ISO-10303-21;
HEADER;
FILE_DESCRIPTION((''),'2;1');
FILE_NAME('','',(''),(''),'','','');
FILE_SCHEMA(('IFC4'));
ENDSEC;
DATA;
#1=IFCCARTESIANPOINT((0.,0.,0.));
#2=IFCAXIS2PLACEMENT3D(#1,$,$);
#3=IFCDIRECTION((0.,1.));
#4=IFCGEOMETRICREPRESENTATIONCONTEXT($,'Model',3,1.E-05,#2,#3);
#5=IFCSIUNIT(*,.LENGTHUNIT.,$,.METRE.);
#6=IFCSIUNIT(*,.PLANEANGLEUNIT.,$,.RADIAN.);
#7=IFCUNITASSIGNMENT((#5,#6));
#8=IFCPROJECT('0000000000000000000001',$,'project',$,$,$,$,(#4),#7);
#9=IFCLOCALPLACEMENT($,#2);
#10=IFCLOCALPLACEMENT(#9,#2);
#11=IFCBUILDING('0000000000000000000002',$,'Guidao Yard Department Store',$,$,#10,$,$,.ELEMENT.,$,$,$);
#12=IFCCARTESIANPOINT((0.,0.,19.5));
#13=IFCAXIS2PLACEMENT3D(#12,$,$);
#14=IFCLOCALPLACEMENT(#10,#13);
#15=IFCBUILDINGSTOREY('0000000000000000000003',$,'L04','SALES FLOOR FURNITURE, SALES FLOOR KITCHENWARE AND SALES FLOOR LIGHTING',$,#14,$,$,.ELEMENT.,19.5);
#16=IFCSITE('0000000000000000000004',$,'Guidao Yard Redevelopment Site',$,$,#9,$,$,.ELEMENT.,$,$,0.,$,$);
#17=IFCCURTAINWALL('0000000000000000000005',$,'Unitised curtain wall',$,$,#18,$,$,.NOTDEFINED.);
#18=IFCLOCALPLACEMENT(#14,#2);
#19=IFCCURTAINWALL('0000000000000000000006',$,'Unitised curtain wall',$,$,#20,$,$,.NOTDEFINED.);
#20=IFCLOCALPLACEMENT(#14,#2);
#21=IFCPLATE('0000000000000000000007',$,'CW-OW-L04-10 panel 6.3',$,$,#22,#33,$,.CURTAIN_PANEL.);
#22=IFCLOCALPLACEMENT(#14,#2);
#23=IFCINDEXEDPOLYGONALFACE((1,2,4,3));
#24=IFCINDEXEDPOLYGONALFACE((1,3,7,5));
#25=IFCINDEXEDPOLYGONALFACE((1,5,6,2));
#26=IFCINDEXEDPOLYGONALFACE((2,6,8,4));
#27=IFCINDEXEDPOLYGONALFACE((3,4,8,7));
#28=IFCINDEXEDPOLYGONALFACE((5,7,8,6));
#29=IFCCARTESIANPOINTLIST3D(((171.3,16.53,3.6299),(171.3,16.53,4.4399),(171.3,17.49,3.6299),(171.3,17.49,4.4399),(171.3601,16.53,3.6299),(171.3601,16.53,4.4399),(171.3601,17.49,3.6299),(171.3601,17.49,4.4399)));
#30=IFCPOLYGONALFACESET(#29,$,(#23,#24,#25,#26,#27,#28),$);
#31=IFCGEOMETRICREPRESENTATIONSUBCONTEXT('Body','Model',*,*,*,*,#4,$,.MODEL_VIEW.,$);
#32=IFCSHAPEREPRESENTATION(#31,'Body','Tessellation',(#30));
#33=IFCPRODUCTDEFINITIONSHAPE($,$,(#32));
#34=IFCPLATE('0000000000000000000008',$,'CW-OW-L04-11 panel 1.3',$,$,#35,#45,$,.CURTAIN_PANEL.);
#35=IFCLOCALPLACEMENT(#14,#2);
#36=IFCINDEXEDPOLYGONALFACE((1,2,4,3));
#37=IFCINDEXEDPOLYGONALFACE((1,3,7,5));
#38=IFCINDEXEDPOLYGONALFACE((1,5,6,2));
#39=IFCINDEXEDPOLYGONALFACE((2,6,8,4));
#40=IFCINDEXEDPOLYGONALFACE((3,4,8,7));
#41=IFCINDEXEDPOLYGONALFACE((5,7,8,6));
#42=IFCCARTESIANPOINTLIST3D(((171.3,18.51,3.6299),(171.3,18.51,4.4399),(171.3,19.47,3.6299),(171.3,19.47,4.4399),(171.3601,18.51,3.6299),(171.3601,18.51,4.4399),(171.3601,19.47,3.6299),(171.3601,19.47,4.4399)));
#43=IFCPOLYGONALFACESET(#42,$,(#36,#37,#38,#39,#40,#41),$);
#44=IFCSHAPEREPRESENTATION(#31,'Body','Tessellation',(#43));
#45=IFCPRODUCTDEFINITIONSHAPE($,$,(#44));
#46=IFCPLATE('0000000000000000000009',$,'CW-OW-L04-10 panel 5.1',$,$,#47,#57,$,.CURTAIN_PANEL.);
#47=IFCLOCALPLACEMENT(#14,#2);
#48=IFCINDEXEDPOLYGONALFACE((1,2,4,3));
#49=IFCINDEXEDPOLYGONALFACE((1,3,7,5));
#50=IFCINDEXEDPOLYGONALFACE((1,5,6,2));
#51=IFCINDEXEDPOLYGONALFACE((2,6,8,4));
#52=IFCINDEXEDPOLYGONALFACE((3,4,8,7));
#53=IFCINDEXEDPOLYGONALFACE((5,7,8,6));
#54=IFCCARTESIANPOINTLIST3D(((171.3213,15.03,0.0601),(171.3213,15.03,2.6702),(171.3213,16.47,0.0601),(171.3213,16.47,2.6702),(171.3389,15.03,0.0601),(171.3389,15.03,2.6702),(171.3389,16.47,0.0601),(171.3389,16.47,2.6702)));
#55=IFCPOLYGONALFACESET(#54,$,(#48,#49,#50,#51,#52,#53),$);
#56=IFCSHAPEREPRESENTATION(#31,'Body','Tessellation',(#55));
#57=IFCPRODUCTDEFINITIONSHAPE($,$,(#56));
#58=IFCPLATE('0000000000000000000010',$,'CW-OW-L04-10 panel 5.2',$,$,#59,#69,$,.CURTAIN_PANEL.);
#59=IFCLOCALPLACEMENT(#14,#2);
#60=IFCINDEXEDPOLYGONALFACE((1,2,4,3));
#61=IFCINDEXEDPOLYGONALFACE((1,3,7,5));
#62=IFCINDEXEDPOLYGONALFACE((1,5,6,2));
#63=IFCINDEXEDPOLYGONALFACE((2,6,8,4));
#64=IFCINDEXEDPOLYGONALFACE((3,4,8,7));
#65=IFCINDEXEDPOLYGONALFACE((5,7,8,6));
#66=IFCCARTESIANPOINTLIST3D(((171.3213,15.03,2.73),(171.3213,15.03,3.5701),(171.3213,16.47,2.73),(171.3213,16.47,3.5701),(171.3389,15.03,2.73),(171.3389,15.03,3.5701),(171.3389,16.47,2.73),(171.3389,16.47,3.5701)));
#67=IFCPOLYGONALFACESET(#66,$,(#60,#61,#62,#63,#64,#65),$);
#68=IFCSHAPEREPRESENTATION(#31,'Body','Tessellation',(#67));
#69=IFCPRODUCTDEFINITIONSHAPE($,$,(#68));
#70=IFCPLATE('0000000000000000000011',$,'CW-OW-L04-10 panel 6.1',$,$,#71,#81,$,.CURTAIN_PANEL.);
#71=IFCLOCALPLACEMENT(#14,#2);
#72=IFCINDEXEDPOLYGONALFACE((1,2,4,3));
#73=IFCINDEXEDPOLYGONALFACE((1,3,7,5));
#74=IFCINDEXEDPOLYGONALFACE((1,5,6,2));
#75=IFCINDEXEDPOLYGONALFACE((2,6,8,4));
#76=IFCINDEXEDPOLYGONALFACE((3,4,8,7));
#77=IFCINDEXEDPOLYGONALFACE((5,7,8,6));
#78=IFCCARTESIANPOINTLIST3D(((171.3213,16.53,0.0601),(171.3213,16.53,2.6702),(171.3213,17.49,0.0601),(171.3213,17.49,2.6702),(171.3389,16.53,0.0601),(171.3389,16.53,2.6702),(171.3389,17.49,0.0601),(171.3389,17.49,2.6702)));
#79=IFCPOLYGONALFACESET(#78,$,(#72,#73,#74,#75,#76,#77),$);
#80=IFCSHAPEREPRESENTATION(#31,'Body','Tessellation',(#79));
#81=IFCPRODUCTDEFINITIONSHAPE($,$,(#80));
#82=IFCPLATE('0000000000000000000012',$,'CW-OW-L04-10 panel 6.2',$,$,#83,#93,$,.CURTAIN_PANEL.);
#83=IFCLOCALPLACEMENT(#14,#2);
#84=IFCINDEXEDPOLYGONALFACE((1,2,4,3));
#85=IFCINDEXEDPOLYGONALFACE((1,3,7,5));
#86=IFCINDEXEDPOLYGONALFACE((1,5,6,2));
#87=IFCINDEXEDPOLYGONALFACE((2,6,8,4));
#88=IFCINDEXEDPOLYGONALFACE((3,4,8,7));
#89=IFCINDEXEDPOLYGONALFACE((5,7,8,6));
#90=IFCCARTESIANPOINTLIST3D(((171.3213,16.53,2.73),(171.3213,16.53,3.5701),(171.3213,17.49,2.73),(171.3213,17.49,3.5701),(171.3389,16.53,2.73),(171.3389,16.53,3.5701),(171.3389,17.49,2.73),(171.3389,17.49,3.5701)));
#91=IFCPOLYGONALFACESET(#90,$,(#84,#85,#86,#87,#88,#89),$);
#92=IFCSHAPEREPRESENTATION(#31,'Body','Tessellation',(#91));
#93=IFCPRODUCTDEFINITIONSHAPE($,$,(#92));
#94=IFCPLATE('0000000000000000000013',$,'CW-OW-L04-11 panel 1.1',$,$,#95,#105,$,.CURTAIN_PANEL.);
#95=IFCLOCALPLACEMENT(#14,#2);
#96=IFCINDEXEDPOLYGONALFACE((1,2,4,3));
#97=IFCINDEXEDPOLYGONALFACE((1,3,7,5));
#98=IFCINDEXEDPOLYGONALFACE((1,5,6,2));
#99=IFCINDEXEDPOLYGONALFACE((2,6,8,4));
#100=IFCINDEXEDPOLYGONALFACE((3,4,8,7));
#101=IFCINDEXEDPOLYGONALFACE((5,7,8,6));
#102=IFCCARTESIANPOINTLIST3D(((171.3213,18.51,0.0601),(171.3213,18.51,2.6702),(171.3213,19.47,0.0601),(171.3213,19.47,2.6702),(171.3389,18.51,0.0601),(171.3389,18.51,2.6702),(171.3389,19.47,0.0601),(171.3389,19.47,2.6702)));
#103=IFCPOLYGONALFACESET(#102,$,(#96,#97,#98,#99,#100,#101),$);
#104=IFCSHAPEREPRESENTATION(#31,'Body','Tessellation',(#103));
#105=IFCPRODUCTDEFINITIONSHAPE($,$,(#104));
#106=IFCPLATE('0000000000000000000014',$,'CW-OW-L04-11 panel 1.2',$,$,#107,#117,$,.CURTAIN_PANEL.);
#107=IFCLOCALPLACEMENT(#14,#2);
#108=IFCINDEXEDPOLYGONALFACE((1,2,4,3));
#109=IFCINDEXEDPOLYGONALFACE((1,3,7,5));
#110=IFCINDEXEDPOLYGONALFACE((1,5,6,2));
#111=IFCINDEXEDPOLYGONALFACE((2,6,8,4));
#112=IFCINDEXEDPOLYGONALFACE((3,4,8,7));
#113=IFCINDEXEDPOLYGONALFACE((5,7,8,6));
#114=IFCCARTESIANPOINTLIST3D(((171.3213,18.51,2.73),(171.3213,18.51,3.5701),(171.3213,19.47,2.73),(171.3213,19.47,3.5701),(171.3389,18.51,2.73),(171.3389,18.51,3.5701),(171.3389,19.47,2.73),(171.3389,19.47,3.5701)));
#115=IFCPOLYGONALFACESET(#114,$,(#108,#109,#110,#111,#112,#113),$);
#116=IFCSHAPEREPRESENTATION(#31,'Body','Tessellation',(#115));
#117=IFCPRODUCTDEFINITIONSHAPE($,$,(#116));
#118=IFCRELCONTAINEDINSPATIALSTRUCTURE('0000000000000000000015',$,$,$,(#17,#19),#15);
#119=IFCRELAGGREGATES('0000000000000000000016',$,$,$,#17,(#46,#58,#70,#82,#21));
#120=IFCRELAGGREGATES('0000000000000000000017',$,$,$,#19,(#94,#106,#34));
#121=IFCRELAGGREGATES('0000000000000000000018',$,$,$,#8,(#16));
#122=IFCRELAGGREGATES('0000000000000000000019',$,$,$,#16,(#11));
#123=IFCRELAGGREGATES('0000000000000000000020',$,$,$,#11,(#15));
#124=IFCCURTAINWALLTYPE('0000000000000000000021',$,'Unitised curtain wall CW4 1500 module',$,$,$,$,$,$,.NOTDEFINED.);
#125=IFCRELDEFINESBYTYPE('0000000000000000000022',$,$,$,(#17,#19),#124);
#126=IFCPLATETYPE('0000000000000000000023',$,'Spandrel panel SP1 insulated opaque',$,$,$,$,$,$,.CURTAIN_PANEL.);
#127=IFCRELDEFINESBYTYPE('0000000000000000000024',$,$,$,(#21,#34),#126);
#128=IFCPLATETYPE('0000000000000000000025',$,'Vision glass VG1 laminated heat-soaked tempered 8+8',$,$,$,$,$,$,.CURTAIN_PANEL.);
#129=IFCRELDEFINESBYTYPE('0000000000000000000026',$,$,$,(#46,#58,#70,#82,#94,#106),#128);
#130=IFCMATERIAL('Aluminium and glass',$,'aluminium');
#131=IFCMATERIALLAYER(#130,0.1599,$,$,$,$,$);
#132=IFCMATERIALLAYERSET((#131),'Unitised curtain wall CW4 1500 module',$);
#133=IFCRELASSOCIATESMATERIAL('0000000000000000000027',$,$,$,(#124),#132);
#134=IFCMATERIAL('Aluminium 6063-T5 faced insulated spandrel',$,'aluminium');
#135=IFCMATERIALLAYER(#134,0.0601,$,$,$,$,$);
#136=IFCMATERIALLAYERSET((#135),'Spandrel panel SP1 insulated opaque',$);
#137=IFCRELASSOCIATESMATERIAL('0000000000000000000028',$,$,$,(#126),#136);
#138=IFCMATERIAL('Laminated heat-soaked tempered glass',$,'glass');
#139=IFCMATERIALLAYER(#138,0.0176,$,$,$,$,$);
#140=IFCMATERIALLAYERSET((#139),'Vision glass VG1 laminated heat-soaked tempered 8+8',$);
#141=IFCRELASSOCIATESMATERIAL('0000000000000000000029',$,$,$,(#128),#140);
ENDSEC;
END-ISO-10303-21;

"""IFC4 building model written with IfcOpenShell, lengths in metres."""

from ifc_helpers import new_model, si_unit, direction, frame, origin, origin_2d, place, context, subcontext, project, spatial, rectangle, extrude, material, layer, layer_set, type_object, element, aggregate, save


model = new_model("IFC4")

# Units and contexts
model_context = context("Model", 3, precision=1e-05, world=origin(), true_north=direction((0.0, 1.0)))
body_context = subcontext(model_context, "Body", "Model", "MODEL_VIEW")
ifc_project = project(units=[si_unit("LENGTHUNIT", "METRE"), si_unit("PLANEANGLEUNIT", "RADIAN")], contexts=[model_context])

# Site, building, storey
site_placement = place(None, origin())
site = spatial("IfcSite", under=ifc_project, at=site_placement, Name="Guidao Yard Redevelopment Site", CompositionType="ELEMENT", RefElevation=0.0)
building_placement = place(site_placement, origin())
building = spatial("IfcBuilding", under=site, at=building_placement, Name="Guidao Yard Department Store", CompositionType="ELEMENT")
storey_placement = place(building_placement, frame((0.0, 0.0, 19.5)))
storey = spatial("IfcBuildingStorey", under=building, at=storey_placement, Name="L04", Description="SALES FLOOR FURNITURE, SALES FLOOR KITCHENWARE AND SALES FLOOR LIGHTING", CompositionType="ELEMENT", Elevation=19.5)

# Curtain wall
ifc_material_1 = material(Name="Aluminium and glass", Category="aluminium")
ifc_layer_1 = layer(ifc_material_1, 0.1599)
ifc_layer_set_1 = layer_set([ifc_layer_1], Name="Unitised curtain wall CW4 1500 module")
curtain_wall_type = type_object("IfcCurtainWallType", Name="Unitised curtain wall CW4 1500 module", PredefinedType="NOTDEFINED", material=ifc_layer_set_1)
curtain_wall_1_placement = place(storey_placement, origin())
curtain_wall_1 = element("IfcCurtainWall", 1, at=curtain_wall_1_placement, inside=storey, type_object=curtain_wall_type, Name="Unitised curtain wall", PredefinedType="NOTDEFINED")

# Curtain wall
curtain_wall_2_placement = place(storey_placement, origin())
curtain_wall_2 = element("IfcCurtainWall", 2, at=curtain_wall_2_placement, inside=storey, type_object=curtain_wall_type, Name="Unitised curtain wall", PredefinedType="NOTDEFINED")

# Plates
ifc_material_2 = material(Name="Aluminium 6063-T5 faced insulated spandrel", Category="aluminium")
ifc_layer_2 = layer(ifc_material_2, 0.0601)
ifc_layer_set_2 = layer_set([ifc_layer_2], Name="Spandrel panel SP1 insulated opaque")
plate_type_1 = type_object("IfcPlateType", Name="Spandrel panel SP1 insulated opaque", PredefinedType="CURTAIN_PANEL", material=ifc_layer_set_2)
plate_1_placement = place(storey_placement, frame((171.3301, 17.01, 3.6299), z_axis=(0.0, 0.0, 1.0), x_axis=(0.0, -1.0, 0.0)))
plate_1 = element("IfcPlate", 3, at=plate_1_placement, type_object=plate_type_1, Name="CW-OW-L04-10 panel 6.3", PredefinedType="CURTAIN_PANEL", context=body_context, shape_type="SweptSolid", body=[
    extrude(rectangle(XDim=0.96, YDim=0.0601, at=origin_2d()), origin(), (0.0, 0.0, 1.0), 0.8101),
])
plate_2_placement = place(storey_placement, frame((171.3301, 18.99, 3.6299), z_axis=(0.0, 0.0, 1.0), x_axis=(0.0, -1.0, 0.0)))
plate_2 = element("IfcPlate", 4, at=plate_2_placement, type_object=plate_type_1, Name="CW-OW-L04-11 panel 1.3", PredefinedType="CURTAIN_PANEL", context=body_context, shape_type="SweptSolid", body=[
    extrude(rectangle(XDim=0.96, YDim=0.0601, at=origin_2d()), origin(), (0.0, 0.0, 1.0), 0.8101),
])
ifc_material_3 = material(Name="Laminated heat-soaked tempered glass", Category="glass")
ifc_layer_3 = layer(ifc_material_3, 0.0176)
ifc_layer_set_3 = layer_set([ifc_layer_3], Name="Vision glass VG1 laminated heat-soaked tempered 8+8")
plate_type_2 = type_object("IfcPlateType", Name="Vision glass VG1 laminated heat-soaked tempered 8+8", PredefinedType="CURTAIN_PANEL", material=ifc_layer_set_3)
plate_3_placement = place(storey_placement, frame((171.3301, 15.75, 0.0601), z_axis=(0.0, 0.0, 1.0), x_axis=(0.0, -1.0, 0.0)))
plate_3 = element("IfcPlate", 5, at=plate_3_placement, type_object=plate_type_2, Name="CW-OW-L04-10 panel 5.1", PredefinedType="CURTAIN_PANEL", context=body_context, shape_type="SweptSolid", body=[
    extrude(rectangle(XDim=1.4399, YDim=0.0176, at=origin_2d()), origin(), (0.0, 0.0, 1.0), 2.6101),
])
plate_4_placement = place(storey_placement, frame((171.3301, 15.75, 2.73), z_axis=(0.0, 0.0, 1.0), x_axis=(0.0, -1.0, 0.0)))
plate_4 = element("IfcPlate", 6, at=plate_4_placement, type_object=plate_type_2, Name="CW-OW-L04-10 panel 5.2", PredefinedType="CURTAIN_PANEL", context=body_context, shape_type="SweptSolid", body=[
    extrude(rectangle(XDim=1.4399, YDim=0.0176, at=origin_2d()), origin(), (0.0, 0.0, 1.0), 0.8401),
])
plate_5_placement = place(storey_placement, frame((171.3301, 17.01, 0.0601), z_axis=(0.0, 0.0, 1.0), x_axis=(0.0, -1.0, 0.0)))
plate_5 = element("IfcPlate", 7, at=plate_5_placement, type_object=plate_type_2, Name="CW-OW-L04-10 panel 6.1", PredefinedType="CURTAIN_PANEL", context=body_context, shape_type="SweptSolid", body=[
    extrude(rectangle(XDim=0.96, YDim=0.0176, at=origin_2d()), origin(), (0.0, 0.0, 1.0), 2.6101),
])
plate_6_placement = place(storey_placement, frame((171.3301, 17.01, 2.73), z_axis=(0.0, 0.0, 1.0), x_axis=(0.0, -1.0, 0.0)))
plate_6 = element("IfcPlate", 8, at=plate_6_placement, type_object=plate_type_2, Name="CW-OW-L04-10 panel 6.2", PredefinedType="CURTAIN_PANEL", context=body_context, shape_type="SweptSolid", body=[
    extrude(rectangle(XDim=0.96, YDim=0.0176, at=origin_2d()), origin(), (0.0, 0.0, 1.0), 0.8401),
])
aggregate(curtain_wall_1, [plate_3, plate_4, plate_5, plate_6, plate_1])
plate_7_placement = place(storey_placement, frame((171.3301, 18.99, 0.0601), z_axis=(0.0, 0.0, 1.0), x_axis=(0.0, -1.0, 0.0)))
plate_7 = element("IfcPlate", 9, at=plate_7_placement, type_object=plate_type_2, Name="CW-OW-L04-11 panel 1.1", PredefinedType="CURTAIN_PANEL", context=body_context, shape_type="SweptSolid", body=[
    extrude(rectangle(XDim=0.96, YDim=0.0176, at=origin_2d()), origin(), (0.0, 0.0, 1.0), 2.6101),
])
plate_8_placement = place(storey_placement, frame((171.3301, 18.99, 2.73), z_axis=(0.0, 0.0, 1.0), x_axis=(0.0, -1.0, 0.0)))
plate_8 = element("IfcPlate", 10, at=plate_8_placement, type_object=plate_type_2, Name="CW-OW-L04-11 panel 1.2", PredefinedType="CURTAIN_PANEL", context=body_context, shape_type="SweptSolid", body=[
    extrude(rectangle(XDim=0.96, YDim=0.0176, at=origin_2d()), origin(), (0.0, 0.0, 1.0), 0.8401),
])
aggregate(curtain_wall_2, [plate_7, plate_8, plate_2])

save(model, "model.ifc")
